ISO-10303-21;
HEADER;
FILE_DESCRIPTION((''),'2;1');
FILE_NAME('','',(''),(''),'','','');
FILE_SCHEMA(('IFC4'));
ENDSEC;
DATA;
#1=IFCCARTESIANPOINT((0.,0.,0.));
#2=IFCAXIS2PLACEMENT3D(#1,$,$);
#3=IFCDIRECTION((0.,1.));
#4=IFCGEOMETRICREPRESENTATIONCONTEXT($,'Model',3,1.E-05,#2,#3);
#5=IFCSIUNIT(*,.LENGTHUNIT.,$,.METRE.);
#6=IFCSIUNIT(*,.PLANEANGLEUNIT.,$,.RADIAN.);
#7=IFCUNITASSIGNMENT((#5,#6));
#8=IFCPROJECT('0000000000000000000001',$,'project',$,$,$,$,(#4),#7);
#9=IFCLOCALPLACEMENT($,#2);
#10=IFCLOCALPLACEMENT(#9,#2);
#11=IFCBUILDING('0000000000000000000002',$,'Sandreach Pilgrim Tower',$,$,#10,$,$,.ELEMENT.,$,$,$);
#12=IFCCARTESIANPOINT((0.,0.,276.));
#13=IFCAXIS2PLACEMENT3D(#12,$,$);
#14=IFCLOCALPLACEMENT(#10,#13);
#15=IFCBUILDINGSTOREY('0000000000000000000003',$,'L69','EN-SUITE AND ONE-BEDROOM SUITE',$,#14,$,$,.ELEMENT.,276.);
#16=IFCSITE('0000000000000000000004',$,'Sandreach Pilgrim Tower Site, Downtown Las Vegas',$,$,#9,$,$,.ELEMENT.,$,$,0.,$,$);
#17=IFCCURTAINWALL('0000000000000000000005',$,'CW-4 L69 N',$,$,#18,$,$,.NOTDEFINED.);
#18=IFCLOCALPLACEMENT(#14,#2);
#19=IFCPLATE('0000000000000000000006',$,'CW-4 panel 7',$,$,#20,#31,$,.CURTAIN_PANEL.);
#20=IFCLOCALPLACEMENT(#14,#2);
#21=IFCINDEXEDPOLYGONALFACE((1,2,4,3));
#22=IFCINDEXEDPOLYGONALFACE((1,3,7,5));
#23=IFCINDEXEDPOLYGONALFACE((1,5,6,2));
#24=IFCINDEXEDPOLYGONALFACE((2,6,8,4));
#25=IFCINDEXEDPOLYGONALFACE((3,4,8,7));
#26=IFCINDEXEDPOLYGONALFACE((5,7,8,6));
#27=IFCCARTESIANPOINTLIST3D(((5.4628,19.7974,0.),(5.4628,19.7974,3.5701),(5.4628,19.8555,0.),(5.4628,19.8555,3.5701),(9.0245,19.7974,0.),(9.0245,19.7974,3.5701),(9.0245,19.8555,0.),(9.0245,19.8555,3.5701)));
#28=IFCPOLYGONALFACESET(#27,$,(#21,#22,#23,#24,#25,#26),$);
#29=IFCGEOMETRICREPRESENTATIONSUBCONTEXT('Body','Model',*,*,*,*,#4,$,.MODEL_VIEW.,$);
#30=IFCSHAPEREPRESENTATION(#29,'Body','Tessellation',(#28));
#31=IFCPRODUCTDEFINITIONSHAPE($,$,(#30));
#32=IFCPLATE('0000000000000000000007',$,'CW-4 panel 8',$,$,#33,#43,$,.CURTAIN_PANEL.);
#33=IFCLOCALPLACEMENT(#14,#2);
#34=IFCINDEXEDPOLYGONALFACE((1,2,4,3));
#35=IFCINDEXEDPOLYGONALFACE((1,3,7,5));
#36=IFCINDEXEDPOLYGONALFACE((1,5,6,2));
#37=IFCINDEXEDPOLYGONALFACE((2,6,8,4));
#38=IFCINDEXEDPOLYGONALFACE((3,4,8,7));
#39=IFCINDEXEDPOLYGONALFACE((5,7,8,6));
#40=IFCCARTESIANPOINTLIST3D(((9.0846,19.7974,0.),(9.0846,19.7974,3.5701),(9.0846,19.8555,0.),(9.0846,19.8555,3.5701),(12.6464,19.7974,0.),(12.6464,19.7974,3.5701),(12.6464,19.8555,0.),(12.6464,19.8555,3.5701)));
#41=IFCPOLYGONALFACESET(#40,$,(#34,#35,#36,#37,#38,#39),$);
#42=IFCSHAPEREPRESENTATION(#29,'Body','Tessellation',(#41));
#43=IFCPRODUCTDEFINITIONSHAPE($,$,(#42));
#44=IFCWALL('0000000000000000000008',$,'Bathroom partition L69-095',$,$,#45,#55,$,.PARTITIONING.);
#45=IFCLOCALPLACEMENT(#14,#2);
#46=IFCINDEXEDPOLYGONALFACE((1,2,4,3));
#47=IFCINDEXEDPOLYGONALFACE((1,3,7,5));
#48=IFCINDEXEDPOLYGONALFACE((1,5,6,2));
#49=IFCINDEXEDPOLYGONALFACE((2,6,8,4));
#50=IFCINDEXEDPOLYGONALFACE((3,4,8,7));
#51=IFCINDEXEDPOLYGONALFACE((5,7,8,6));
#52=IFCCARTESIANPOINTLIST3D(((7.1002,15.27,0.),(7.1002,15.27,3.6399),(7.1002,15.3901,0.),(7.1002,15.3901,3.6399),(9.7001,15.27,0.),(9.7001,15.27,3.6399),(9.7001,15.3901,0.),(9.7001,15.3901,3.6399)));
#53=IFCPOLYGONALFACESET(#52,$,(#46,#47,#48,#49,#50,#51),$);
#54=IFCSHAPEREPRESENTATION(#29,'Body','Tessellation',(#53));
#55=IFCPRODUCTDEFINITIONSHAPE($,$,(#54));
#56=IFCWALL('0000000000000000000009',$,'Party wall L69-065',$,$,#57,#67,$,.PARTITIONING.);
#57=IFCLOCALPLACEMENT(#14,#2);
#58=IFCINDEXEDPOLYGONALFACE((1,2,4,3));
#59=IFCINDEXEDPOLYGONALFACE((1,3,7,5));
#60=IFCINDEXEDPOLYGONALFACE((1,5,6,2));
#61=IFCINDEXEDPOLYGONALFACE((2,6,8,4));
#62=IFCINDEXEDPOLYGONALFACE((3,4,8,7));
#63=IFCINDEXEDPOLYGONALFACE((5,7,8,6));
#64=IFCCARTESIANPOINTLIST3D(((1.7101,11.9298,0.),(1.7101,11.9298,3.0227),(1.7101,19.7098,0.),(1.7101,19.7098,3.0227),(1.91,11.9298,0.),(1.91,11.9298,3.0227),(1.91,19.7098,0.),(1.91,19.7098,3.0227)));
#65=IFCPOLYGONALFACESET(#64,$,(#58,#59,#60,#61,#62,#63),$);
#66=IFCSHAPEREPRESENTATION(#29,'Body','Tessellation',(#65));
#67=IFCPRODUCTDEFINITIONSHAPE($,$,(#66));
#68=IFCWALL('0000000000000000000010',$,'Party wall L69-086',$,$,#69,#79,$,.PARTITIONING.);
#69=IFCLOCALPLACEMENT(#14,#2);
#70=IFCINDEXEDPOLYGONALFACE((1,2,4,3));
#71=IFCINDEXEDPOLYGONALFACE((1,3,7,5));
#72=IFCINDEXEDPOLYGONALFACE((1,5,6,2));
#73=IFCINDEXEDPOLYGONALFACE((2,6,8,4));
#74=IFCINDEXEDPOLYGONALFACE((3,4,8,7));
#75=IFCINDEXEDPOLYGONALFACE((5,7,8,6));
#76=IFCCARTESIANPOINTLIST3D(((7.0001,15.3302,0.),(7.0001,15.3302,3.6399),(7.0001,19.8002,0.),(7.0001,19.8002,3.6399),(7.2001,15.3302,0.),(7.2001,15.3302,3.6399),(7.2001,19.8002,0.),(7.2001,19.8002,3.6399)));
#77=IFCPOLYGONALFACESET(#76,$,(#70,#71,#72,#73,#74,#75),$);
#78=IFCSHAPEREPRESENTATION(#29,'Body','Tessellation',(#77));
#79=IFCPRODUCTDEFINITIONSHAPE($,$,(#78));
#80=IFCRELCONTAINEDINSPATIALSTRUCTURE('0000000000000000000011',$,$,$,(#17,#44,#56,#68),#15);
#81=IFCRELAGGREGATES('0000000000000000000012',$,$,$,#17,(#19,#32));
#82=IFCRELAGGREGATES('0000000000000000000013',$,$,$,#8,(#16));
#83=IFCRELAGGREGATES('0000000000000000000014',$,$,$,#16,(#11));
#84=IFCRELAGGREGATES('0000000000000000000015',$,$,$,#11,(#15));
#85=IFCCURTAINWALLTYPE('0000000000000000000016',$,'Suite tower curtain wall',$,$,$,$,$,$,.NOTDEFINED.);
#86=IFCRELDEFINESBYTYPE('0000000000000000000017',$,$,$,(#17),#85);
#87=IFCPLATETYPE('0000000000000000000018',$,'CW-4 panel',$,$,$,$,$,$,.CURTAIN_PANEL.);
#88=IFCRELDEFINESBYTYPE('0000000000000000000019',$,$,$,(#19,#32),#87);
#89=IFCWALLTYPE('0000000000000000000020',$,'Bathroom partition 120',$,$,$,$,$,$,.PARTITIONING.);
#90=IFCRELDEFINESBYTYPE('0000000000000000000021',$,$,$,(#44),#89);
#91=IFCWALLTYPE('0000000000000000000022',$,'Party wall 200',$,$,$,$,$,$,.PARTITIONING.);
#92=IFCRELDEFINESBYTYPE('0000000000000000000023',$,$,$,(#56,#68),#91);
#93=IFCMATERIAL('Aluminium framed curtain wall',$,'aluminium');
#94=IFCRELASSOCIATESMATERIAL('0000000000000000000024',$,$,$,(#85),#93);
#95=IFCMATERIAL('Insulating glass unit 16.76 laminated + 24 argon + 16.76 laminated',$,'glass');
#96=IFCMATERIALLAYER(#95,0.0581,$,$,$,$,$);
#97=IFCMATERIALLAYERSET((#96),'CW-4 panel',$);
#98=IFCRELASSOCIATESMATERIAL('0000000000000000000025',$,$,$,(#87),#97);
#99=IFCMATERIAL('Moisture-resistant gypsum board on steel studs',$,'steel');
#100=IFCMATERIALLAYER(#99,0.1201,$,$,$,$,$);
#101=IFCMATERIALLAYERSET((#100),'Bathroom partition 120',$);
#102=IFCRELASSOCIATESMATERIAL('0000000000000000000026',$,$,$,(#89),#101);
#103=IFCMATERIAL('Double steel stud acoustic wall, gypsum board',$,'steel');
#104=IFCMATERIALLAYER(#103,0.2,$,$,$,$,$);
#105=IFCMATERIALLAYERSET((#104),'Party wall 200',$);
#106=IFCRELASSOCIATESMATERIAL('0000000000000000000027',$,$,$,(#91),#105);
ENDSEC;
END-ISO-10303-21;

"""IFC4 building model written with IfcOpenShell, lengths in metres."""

from ifc_helpers import new_model, si_unit, direction, frame, frame_2d, origin, origin_2d, place, context, subcontext, project, spatial, rectangle, extrude, material, layer, layer_set, type_object, element, aggregate, save


model = new_model("IFC4")

# Units and contexts
model_context = context("Model", 3, precision=1e-05, world=origin(), true_north=direction((0.0, 1.0)))
body_context = subcontext(model_context, "Body", "Model", "MODEL_VIEW")
ifc_project = project(units=[si_unit("LENGTHUNIT", "METRE"), si_unit("PLANEANGLEUNIT", "RADIAN")], contexts=[model_context])

# Site, building, storey
site_placement = place(None, origin())
site = spatial("IfcSite", under=ifc_project, at=site_placement, Name="Sandreach Pilgrim Tower Site, Downtown Las Vegas", CompositionType="ELEMENT", RefElevation=0.0)
building_placement = place(site_placement, origin())
building = spatial("IfcBuilding", under=site, at=building_placement, Name="Sandreach Pilgrim Tower", CompositionType="ELEMENT")
storey_placement = place(building_placement, frame((0.0, 0.0, 276.0)))
storey = spatial("IfcBuildingStorey", under=building, at=storey_placement, Name="L69", Description="EN-SUITE AND ONE-BEDROOM SUITE", CompositionType="ELEMENT", Elevation=276.0)

# Curtain wall
ifc_material_1 = material(Name="Aluminium framed curtain wall", Category="aluminium")
curtain_wall_type = type_object("IfcCurtainWallType", Name="Suite tower curtain wall", PredefinedType="NOTDEFINED", material=ifc_material_1)
curtain_wall_placement = place(storey_placement, origin())
curtain_wall = element("IfcCurtainWall", 1, at=curtain_wall_placement, inside=storey, type_object=curtain_wall_type, Name="CW-4 L69 N", PredefinedType="NOTDEFINED")

# Plates
ifc_material_2 = material(Name="Insulating glass unit 16.76 laminated + 24 argon + 16.76 laminated", Category="glass")
ifc_layer_1 = layer(ifc_material_2, 0.0581)
ifc_layer_set_1 = layer_set([ifc_layer_1], Name="CW-4 panel")
plate_type = type_object("IfcPlateType", Name="CW-4 panel", PredefinedType="CURTAIN_PANEL", material=ifc_layer_set_1)
plate_1_placement = place(storey_placement, frame((7.2437, 19.8264, 0.0), z_axis=(0.0, 0.0, 1.0), x_axis=(1.0, 0.0, 0.0)))
plate_1 = element("IfcPlate", 2, at=plate_1_placement, type_object=plate_type, Name="CW-4 panel 7", PredefinedType="CURTAIN_PANEL", context=body_context, shape_type="SweptSolid", body=[
    extrude(rectangle(XDim=3.5618, YDim=0.0581, at=origin_2d()), origin(), (0.0, 0.0, 1.0), 3.5701),
])
plate_2_placement = place(storey_placement, frame((10.8655, 19.8264, 0.0), z_axis=(0.0, 0.0, 1.0), x_axis=(1.0, 0.0, 0.0)))
plate_2 = element("IfcPlate", 3, at=plate_2_placement, type_object=plate_type, Name="CW-4 panel 8", PredefinedType="CURTAIN_PANEL", context=body_context, shape_type="SweptSolid", body=[
    extrude(rectangle(XDim=3.5618, YDim=0.0581, at=origin_2d()), origin(), (0.0, 0.0, 1.0), 3.5701),
])
aggregate(curtain_wall, [plate_1, plate_2])

# Walls
ifc_material_3 = material(Name="Moisture-resistant gypsum board on steel studs", Category="steel")
ifc_layer_2 = layer(ifc_material_3, 0.1201)
ifc_layer_set_2 = layer_set([ifc_layer_2], Name="Bathroom partition 120")
wall_type_1 = type_object("IfcWallType", Name="Bathroom partition 120", PredefinedType="PARTITIONING", material=ifc_layer_set_2)
wall_1_placement = place(storey_placement, frame((9.7, 15.3301, 0.0), z_axis=(0.0, 0.0, 1.0), x_axis=(-1.0, 0.0, 0.0)))
element("IfcWall", 4, at=wall_1_placement, inside=storey, type_object=wall_type_1, Name="Bathroom partition L69-095", PredefinedType="PARTITIONING", context=body_context, shape_type="SweptSolid", body=[
    extrude(rectangle(XDim=2.5999, YDim=0.1201, at=frame_2d((1.2998, 0.0))), origin(), (0.0, 0.0, 1.0), 3.6399),
])
ifc_material_4 = material(Name="Double steel stud acoustic wall, gypsum board", Category="steel")
ifc_layer_3 = layer(ifc_material_4, 0.2)
ifc_layer_set_3 = layer_set([ifc_layer_3], Name="Party wall 200")
wall_type_2 = type_object("IfcWallType", Name="Party wall 200", PredefinedType="PARTITIONING", material=ifc_layer_set_3)
wall_2_placement = place(storey_placement, frame((1.8101, 19.71, 0.0), z_axis=(0.0, 0.0, 1.0), x_axis=(0.0, -1.0, 0.0)))
element("IfcWall", 5, at=wall_2_placement, inside=storey, type_object=wall_type_2, Name="Party wall L69-065", PredefinedType="PARTITIONING", context=body_context, shape_type="SweptSolid", body=[
    extrude(rectangle(XDim=7.78, YDim=0.2, at=frame_2d((3.8901, 0.0))), origin(), (0.0, 0.0, 1.0), 3.0227),
])
wall_3_placement = place(storey_placement, frame((7.1001, 19.8, 0.0), z_axis=(0.0, 0.0, 1.0), x_axis=(0.0, -1.0, 0.0)))
element("IfcWall", 6, at=wall_3_placement, inside=storey, type_object=wall_type_2, Name="Party wall L69-086", PredefinedType="PARTITIONING", context=body_context, shape_type="SweptSolid", body=[
    extrude(rectangle(XDim=4.47, YDim=0.2, at=frame_2d((2.2349, 0.0))), origin(), (0.0, 0.0, 1.0), 3.6399),
])

save(model, "model.ifc")
